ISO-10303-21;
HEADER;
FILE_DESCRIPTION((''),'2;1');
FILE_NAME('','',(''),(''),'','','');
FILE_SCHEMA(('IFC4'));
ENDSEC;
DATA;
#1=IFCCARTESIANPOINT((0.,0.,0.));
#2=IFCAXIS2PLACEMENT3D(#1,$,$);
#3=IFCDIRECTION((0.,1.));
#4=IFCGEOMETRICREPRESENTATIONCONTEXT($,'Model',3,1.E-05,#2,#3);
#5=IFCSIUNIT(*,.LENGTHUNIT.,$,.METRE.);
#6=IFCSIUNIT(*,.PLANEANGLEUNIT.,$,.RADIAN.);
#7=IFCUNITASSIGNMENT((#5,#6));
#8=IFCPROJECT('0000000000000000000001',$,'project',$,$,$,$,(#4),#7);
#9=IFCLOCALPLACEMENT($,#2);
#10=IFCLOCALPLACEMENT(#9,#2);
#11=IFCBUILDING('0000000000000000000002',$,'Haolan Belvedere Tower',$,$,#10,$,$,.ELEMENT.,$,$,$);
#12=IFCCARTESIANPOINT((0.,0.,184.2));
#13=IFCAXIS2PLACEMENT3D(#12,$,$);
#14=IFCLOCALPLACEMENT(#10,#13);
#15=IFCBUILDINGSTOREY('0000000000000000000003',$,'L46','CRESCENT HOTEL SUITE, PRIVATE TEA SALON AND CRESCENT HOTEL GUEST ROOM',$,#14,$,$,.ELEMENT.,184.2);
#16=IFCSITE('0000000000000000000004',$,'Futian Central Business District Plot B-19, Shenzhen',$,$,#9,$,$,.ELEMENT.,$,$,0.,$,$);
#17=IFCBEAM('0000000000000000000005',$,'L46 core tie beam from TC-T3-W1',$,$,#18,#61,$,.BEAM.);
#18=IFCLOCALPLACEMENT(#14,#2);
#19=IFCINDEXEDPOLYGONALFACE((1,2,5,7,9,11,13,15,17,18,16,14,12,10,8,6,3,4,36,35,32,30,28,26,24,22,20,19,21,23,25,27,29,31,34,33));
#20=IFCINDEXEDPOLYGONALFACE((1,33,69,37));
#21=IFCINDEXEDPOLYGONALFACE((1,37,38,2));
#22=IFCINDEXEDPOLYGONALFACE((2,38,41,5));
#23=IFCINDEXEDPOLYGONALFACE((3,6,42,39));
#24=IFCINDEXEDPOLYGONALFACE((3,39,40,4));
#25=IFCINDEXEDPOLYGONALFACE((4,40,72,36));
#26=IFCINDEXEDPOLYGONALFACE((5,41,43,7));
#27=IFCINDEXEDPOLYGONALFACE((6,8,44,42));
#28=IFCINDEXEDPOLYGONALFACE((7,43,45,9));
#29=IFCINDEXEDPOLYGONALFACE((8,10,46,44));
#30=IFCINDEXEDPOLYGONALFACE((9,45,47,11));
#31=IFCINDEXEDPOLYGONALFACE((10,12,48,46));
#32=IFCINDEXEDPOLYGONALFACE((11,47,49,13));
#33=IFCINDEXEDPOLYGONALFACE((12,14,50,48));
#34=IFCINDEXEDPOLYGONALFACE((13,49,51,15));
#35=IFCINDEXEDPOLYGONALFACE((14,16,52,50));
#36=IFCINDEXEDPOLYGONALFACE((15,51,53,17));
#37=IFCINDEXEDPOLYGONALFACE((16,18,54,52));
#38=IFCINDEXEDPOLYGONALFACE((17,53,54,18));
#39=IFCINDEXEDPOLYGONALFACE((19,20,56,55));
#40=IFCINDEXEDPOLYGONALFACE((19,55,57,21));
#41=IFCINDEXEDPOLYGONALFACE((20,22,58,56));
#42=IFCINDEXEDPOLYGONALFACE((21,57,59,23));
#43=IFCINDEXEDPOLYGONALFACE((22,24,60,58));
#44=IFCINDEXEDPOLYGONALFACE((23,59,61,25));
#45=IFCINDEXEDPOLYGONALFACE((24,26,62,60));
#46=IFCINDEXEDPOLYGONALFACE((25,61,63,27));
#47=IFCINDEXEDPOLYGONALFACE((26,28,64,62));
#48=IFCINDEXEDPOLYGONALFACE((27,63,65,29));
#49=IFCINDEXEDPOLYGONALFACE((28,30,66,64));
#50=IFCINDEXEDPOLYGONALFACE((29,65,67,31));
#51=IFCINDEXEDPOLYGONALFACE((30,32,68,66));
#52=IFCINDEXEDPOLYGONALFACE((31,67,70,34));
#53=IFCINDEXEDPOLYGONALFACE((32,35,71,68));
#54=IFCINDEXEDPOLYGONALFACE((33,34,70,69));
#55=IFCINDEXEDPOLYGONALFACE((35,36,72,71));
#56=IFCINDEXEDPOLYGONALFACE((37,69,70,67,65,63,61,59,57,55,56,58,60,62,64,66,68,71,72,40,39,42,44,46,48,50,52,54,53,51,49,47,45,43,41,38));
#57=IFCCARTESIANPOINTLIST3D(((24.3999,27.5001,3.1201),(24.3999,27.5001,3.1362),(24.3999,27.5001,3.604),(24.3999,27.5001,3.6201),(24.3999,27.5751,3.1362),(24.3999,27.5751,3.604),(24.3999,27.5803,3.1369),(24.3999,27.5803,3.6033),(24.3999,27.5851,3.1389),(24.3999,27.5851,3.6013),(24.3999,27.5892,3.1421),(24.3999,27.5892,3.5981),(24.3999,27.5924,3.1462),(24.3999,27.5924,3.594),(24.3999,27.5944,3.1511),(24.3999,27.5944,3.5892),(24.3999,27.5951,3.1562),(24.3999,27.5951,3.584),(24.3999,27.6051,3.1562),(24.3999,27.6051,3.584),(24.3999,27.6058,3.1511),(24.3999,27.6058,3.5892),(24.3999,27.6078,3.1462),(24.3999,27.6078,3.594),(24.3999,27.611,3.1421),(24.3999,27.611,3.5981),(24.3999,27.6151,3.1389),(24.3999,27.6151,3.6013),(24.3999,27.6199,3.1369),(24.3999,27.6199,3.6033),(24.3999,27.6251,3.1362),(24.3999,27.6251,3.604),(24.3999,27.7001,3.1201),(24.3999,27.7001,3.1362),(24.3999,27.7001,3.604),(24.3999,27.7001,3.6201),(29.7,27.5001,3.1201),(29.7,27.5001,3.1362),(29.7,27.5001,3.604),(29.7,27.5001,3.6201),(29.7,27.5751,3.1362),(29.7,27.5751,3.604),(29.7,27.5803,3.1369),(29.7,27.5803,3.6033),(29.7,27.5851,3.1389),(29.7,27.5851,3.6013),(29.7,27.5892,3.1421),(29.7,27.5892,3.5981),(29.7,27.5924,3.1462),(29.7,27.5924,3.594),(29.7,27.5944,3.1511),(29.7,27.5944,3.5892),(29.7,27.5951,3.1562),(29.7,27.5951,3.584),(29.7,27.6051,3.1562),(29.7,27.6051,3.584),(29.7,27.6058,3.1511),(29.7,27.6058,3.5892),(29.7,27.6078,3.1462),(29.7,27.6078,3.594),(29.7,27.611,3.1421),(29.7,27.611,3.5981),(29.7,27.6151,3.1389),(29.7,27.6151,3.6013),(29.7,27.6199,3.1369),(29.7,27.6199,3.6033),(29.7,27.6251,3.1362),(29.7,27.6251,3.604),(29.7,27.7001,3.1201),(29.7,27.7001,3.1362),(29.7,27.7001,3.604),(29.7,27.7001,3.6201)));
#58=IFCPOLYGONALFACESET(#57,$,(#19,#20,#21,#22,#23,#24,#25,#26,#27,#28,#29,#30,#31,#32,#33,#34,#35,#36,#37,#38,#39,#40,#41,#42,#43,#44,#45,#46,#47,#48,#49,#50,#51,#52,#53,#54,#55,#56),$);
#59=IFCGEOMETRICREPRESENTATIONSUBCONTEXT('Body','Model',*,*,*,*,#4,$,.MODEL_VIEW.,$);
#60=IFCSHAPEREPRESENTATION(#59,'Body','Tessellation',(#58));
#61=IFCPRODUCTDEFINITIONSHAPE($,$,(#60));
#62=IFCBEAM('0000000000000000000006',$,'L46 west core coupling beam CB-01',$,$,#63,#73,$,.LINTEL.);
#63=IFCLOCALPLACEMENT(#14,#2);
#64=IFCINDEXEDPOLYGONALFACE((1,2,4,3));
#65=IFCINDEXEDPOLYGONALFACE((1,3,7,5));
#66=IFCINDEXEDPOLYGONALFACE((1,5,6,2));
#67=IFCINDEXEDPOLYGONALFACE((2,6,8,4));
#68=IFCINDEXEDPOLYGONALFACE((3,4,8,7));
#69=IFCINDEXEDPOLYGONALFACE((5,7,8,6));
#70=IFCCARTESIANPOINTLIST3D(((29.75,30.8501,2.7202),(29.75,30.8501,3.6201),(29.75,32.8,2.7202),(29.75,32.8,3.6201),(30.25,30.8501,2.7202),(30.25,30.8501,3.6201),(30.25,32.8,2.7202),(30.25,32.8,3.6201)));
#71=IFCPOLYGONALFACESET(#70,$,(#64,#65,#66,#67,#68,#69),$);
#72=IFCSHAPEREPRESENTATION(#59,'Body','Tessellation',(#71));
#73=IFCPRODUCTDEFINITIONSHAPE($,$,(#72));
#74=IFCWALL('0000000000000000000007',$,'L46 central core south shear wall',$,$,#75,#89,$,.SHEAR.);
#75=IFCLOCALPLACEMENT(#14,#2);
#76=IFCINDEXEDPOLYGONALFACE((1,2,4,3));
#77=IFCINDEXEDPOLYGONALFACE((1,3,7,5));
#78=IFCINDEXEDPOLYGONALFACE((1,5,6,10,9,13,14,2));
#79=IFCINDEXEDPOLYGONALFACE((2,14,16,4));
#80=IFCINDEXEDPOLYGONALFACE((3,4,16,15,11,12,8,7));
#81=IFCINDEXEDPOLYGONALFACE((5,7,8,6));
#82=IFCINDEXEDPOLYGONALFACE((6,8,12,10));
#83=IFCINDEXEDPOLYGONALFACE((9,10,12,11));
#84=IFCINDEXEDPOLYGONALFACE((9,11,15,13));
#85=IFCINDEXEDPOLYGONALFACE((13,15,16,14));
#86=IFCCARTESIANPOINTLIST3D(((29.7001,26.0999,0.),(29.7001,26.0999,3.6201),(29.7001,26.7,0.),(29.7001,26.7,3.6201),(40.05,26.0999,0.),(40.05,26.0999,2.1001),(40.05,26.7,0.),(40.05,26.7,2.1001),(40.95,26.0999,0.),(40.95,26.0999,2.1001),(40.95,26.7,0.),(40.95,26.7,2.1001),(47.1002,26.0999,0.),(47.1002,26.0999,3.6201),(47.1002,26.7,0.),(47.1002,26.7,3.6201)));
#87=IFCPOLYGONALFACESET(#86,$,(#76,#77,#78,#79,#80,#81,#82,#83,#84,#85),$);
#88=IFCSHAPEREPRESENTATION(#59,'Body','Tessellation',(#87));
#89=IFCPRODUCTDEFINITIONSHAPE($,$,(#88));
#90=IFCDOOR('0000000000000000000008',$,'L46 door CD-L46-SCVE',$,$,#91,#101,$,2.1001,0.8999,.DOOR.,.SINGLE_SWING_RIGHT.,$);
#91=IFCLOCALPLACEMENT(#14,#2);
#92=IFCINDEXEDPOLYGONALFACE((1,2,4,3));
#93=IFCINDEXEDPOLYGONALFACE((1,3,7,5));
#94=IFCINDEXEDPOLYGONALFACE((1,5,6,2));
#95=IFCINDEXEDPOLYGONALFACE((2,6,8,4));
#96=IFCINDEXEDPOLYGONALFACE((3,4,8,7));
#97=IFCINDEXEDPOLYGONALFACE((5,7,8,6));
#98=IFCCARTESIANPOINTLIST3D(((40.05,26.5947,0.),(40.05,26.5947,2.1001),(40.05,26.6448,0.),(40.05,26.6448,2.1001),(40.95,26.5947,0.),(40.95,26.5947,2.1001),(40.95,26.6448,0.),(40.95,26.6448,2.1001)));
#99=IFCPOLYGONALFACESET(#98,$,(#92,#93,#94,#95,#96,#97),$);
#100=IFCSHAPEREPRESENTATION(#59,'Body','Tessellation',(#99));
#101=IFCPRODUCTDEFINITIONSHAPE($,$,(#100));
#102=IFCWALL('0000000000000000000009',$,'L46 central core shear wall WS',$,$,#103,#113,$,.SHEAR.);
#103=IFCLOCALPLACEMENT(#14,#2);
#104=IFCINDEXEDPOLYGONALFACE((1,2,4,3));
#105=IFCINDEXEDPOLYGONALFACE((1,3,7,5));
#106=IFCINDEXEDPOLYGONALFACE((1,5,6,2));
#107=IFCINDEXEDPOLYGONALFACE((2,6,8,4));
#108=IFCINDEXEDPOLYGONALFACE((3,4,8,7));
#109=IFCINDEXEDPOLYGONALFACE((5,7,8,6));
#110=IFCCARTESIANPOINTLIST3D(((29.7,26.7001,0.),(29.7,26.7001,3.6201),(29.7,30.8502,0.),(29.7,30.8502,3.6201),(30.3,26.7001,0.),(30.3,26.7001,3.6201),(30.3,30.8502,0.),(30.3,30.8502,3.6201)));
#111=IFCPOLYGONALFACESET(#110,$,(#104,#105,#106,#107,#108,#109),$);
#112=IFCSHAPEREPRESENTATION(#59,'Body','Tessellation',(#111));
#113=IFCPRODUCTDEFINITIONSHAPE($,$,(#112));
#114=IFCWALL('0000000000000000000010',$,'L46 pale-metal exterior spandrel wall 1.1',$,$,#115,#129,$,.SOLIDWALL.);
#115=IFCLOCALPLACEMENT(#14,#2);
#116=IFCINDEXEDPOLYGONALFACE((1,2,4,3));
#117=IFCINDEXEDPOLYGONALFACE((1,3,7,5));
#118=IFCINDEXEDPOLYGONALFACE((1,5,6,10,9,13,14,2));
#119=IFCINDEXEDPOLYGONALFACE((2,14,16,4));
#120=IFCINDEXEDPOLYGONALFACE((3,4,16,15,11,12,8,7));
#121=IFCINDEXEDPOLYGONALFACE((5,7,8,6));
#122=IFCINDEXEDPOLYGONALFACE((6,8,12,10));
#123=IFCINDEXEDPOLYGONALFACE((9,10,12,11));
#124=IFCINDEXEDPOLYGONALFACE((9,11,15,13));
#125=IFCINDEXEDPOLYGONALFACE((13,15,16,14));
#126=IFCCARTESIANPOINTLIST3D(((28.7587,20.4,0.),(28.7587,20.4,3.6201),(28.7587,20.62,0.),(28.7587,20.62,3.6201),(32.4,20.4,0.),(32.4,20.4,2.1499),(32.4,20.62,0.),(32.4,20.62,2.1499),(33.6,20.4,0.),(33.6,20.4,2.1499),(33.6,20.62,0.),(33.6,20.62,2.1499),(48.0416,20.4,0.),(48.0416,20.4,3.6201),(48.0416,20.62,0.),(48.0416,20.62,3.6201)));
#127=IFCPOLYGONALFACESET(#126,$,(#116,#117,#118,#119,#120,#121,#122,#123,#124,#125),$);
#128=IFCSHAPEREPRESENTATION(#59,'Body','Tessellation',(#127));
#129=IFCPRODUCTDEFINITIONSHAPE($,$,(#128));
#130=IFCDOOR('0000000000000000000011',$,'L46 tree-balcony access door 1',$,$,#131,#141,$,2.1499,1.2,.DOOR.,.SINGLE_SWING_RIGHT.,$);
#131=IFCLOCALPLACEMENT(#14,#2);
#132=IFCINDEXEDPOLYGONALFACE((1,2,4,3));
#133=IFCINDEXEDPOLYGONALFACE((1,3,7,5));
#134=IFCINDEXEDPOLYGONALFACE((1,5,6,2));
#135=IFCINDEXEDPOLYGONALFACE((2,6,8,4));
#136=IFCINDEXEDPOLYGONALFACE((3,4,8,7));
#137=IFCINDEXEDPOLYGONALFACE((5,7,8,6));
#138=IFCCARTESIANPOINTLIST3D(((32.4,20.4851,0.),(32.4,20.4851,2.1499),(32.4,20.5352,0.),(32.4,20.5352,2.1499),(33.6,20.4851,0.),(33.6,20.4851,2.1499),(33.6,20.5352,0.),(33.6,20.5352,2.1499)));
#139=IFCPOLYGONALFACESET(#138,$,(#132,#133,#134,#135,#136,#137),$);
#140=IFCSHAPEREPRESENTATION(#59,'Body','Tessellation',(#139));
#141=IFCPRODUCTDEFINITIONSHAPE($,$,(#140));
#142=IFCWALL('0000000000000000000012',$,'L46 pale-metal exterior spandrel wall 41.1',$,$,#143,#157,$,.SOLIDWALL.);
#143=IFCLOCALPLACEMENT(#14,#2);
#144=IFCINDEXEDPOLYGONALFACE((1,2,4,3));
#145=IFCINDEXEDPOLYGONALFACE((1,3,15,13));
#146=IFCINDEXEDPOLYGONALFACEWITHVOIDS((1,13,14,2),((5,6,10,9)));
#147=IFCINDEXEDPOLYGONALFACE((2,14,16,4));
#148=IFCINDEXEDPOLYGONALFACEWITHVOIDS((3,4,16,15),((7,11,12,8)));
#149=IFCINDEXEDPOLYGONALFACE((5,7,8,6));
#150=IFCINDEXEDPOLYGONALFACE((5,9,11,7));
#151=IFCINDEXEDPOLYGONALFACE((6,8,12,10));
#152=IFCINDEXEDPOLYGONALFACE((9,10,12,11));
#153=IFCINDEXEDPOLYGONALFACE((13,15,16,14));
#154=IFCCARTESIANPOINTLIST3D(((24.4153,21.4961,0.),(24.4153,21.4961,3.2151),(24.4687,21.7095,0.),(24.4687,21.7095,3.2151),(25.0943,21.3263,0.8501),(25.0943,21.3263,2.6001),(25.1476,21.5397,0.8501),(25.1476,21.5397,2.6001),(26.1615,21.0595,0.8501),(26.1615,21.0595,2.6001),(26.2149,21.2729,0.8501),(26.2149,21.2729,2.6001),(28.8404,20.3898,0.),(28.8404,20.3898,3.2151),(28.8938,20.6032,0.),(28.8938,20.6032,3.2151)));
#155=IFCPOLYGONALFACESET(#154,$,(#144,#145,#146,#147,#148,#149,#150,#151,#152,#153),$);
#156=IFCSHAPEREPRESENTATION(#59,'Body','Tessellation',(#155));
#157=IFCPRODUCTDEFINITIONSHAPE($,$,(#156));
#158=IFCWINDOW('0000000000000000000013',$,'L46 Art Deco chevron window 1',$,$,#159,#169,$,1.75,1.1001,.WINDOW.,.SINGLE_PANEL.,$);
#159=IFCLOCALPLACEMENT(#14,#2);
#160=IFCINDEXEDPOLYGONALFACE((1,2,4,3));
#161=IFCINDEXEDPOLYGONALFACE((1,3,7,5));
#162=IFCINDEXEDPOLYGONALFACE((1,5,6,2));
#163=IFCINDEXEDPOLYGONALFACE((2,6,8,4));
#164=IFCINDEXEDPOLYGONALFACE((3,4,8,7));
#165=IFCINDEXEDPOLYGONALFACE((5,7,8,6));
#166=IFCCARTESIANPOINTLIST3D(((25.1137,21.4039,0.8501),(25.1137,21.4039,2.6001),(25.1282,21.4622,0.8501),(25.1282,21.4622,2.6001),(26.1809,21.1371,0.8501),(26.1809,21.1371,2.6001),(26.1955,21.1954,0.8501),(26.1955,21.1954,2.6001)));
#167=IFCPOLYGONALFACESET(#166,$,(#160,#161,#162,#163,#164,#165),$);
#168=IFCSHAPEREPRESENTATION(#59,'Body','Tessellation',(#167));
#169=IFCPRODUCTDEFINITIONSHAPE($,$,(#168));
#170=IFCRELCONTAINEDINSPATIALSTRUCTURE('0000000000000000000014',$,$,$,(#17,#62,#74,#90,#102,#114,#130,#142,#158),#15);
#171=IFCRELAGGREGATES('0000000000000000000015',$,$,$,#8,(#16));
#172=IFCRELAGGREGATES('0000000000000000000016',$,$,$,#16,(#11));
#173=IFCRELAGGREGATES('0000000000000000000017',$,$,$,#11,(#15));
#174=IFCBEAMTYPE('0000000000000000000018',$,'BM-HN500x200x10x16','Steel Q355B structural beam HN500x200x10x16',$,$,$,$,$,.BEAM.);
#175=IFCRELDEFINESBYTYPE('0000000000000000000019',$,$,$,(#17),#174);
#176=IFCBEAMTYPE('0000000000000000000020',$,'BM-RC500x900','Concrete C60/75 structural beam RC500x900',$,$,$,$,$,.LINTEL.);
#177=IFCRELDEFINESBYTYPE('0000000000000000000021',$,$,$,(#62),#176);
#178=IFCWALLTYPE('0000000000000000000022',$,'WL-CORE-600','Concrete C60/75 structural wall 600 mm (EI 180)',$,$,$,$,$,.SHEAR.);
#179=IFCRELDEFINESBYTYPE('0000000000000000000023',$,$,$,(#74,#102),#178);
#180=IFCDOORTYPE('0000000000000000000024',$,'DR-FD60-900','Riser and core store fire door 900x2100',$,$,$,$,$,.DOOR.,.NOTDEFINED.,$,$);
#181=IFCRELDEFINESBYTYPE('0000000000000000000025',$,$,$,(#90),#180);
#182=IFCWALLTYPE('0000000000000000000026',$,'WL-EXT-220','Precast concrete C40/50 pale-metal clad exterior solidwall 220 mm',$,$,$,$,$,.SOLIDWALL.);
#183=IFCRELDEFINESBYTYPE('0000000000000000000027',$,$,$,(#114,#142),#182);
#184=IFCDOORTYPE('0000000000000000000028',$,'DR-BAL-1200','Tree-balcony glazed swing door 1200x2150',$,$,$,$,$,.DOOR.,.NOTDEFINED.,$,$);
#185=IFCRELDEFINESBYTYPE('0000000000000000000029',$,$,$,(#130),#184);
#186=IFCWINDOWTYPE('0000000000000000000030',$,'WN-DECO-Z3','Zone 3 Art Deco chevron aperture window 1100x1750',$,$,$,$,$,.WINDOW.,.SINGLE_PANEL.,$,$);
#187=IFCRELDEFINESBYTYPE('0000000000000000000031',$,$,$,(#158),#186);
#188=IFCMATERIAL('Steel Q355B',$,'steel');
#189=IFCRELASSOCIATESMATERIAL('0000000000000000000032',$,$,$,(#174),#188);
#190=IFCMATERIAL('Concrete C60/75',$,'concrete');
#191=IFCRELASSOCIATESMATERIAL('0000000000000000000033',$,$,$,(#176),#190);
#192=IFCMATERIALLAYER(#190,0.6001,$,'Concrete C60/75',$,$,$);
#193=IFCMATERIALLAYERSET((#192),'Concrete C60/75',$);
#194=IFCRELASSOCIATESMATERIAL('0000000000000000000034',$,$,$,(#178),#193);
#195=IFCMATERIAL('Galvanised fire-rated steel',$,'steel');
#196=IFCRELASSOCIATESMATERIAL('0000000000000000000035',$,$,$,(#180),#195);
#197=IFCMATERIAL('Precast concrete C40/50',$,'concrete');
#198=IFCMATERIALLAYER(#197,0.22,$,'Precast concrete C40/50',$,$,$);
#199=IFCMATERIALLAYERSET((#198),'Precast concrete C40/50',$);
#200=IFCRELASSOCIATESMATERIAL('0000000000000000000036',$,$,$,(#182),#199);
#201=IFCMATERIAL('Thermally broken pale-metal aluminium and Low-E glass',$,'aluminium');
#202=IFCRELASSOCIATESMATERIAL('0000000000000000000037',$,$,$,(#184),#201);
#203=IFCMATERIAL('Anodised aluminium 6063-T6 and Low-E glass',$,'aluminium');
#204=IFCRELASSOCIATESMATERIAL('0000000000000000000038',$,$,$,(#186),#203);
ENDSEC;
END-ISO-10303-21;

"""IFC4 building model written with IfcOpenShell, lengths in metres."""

from ifc_helpers import new_model, si_unit, direction, frame, frame_2d, origin, origin_2d, place, context, subcontext, project, spatial, rectangle, i_section, extrude, material, layer, layer_set, material_profile, profile_set, type_object, element, fill, save


model = new_model("IFC4")

# Units and contexts
model_context = context("Model", 3, precision=1e-05, world=origin(), true_north=direction((0.0, 1.0)))
body_context = subcontext(model_context, "Body", "Model", "MODEL_VIEW")
ifc_project = project(units=[si_unit("LENGTHUNIT", "METRE"), si_unit("PLANEANGLEUNIT", "RADIAN")], contexts=[model_context])

# Site, building, storey
site_placement = place(None, origin())
site = spatial("IfcSite", under=ifc_project, at=site_placement, Name="Futian Central Business District Plot B-19, Shenzhen", CompositionType="ELEMENT", RefElevation=0.0)
building_placement = place(site_placement, origin())
building = spatial("IfcBuilding", under=site, at=building_placement, Name="Haolan Belvedere Tower", CompositionType="ELEMENT")
storey_placement = place(building_placement, frame((0.0, 0.0, 184.2)))
storey = spatial("IfcBuildingStorey", under=building, at=storey_placement, Name="L46", Description="CRESCENT HOTEL SUITE, PRIVATE TEA SALON AND CRESCENT HOTEL GUEST ROOM", CompositionType="ELEMENT", Elevation=184.2)

# Beams
ifc_material_1 = material(Name="Steel Q355B", Category="steel")
ifc_material_profile_1 = material_profile(ifc_material_1, i_section(OverallWidth=0.2, OverallDepth=0.5, WebThickness=0.01, FlangeThickness=0.0161, FilletRadius=0.02, at=origin_2d()), Name="Steel Q355B")
ifc_profile_set_1 = profile_set([ifc_material_profile_1], Name="Steel Q355B")
beam_type_1 = type_object("IfcBeamType", Name="BM-HN500x200x10x16", Description="Steel Q355B structural beam HN500x200x10x16", PredefinedType="BEAM", material=ifc_profile_set_1)
beam_1_placement = place(storey_placement, frame((24.3999, 27.6001, 3.3701), z_axis=(1.0, 0.0, 0.0), x_axis=(0.0, 1.0, 0.0)))
element("IfcBeam", 1, at=beam_1_placement, inside=storey, type_object=beam_type_1, Name="L46 core tie beam from TC-T3-W1", PredefinedType="BEAM", context=body_context, shape_type="SweptSolid", body=[
    extrude(i_section(OverallWidth=0.2, OverallDepth=0.5, WebThickness=0.01, FlangeThickness=0.0161, FilletRadius=0.02, at=origin_2d()), origin(), (0.0, 0.0, 1.0), 5.3),
])
ifc_material_2 = material(Name="Concrete C60/75", Category="concrete")
ifc_material_profile_2 = material_profile(ifc_material_2, rectangle(XDim=0.5, YDim=0.8999, at=origin_2d()), Name="Concrete C60/75")
ifc_profile_set_2 = profile_set([ifc_material_profile_2], Name="Concrete C60/75")
beam_type_2 = type_object("IfcBeamType", Name="BM-RC500x900", Description="Concrete C60/75 structural beam RC500x900", PredefinedType="LINTEL", material=ifc_profile_set_2)
beam_2_placement = place(storey_placement, frame((30.0, 30.8501, 3.1702), z_axis=(0.0, 1.0, 0.0), x_axis=(-1.0, 0.0, 0.0)))
element("IfcBeam", 2, at=beam_2_placement, inside=storey, type_object=beam_type_2, Name="L46 west core coupling beam CB-01", PredefinedType="LINTEL", context=body_context, shape_type="SweptSolid", body=[
    extrude(rectangle(XDim=0.5, YDim=0.8999, at=origin_2d()), origin(), (0.0, 0.0, 1.0), 1.95),
])

# Wall, opening, door
ifc_layer_1 = layer(ifc_material_2, 0.6001, Name="Concrete C60/75")
ifc_layer_set_1 = layer_set([ifc_layer_1], Name="Concrete C60/75")
wall_type_1 = type_object("IfcWallType", Name="WL-CORE-600", Description="Concrete C60/75 structural wall 600 mm (EI 180)", PredefinedType="SHEAR", material=ifc_layer_set_1)
wall_1_placement = place(storey_placement, frame((29.7, 26.3999, 0.0), z_axis=(0.0, 0.0, 1.0), x_axis=(1.0, 0.0, 0.0)))
wall_1 = element("IfcWall", 3, at=wall_1_placement, inside=storey, type_object=wall_type_1, Name="L46 central core south shear wall", PredefinedType="SHEAR", context=body_context, shape_type="SweptSolid", body=[
    extrude(rectangle(XDim=17.4001, YDim=0.6001, at=frame_2d((8.7002, 0.0))), origin(), (0.0, 0.0, 1.0), 3.6201),
])
opening_1_placement = place(wall_1_placement, frame((11.25, 0.0, 0.0), z_axis=(0.0, 0.0, 1.0), x_axis=(-1.0, 0.0, 0.0)))
opening_1 = element("IfcOpeningElement", 4, at=opening_1_placement, cuts=wall_1, PredefinedType="OPENING", context=body_context, shape_type="SweptSolid", body=[
    extrude(rectangle(XDim=0.8999, YDim=2.1001, at=frame_2d((0.45, 1.05))), frame((0.0, 0.3101, 0.0), z_axis=(0.0, -1.0, 0.0), x_axis=(1.0, 0.0, 0.0)), (0.0, 0.0, 1.0), 0.6201),
])
ifc_material_3 = material(Name="Galvanised fire-rated steel", Category="steel")
door_type_1 = type_object("IfcDoorType", Name="DR-FD60-900", Description="Riser and core store fire door 900x2100", OperationType="NOTDEFINED", PredefinedType="DOOR", material=ifc_material_3)
door_1_placement = place(opening_1_placement, origin())
door_1 = element("IfcDoor", 5, at=door_1_placement, inside=storey, type_object=door_type_1, Name="L46 door CD-L46-SCVE", OperationType="SINGLE_SWING_RIGHT", OverallHeight=2.1001, OverallWidth=0.8999, PredefinedType="DOOR", context=body_context, shape_type="SweptSolid", body=[
    extrude(rectangle(XDim=0.8999, YDim=2.1001, at=frame_2d((0.45, 1.05))), frame((0.0, -0.1948, 0.0), z_axis=(0.0, -1.0, 0.0), x_axis=(1.0, 0.0, 0.0)), (0.0, 0.0, 1.0), 0.05),
])
fill(opening_1, door_1)

# Wall
wall_2_placement = place(storey_placement, frame((30.0, 26.7, 0.0), z_axis=(0.0, 0.0, 1.0), x_axis=(0.0, 1.0, 0.0)))
element("IfcWall", 6, at=wall_2_placement, inside=storey, type_object=wall_type_1, Name="L46 central core shear wall WS", PredefinedType="SHEAR", context=body_context, shape_type="SweptSolid", body=[
    extrude(rectangle(XDim=4.1501, YDim=0.6001, at=frame_2d((2.0752, 0.0))), origin(), (0.0, 0.0, 1.0), 3.6201),
])

# Wall, opening, door
ifc_material_4 = material(Name="Precast concrete C40/50", Category="concrete")
ifc_layer_2 = layer(ifc_material_4, 0.22, Name="Precast concrete C40/50")
ifc_layer_set_2 = layer_set([ifc_layer_2], Name="Precast concrete C40/50")
wall_type_2 = type_object("IfcWallType", Name="WL-EXT-220", Description="Precast concrete C40/50 pale-metal clad exterior solidwall 220 mm", PredefinedType="SOLIDWALL", material=ifc_layer_set_2)
wall_3_placement = place(storey_placement, frame((28.7585, 20.51, 0.0), z_axis=(0.0, 0.0, 1.0), x_axis=(1.0, 0.0, 0.0)))
wall_3 = element("IfcWall", 7, at=wall_3_placement, inside=storey, type_object=wall_type_2, Name="L46 pale-metal exterior spandrel wall 1.1", PredefinedType="SOLIDWALL", context=body_context, shape_type="SweptSolid", body=[
    extrude(rectangle(XDim=19.283, YDim=0.22, at=frame_2d((9.6416, 0.0))), origin(), (0.0, 0.0, 1.0), 3.6201),
])
opening_2_placement = place(wall_3_placement, frame((4.8416, 0.0, 0.0), z_axis=(0.0, 0.0, 1.0), x_axis=(-1.0, 0.0, 0.0)))
opening_2 = element("IfcOpeningElement", 8, at=opening_2_placement, cuts=wall_3, PredefinedType="OPENING", context=body_context, shape_type="SweptSolid", body=[
    extrude(rectangle(XDim=1.2, YDim=2.1499, at=frame_2d((0.6001, 1.075))), frame((0.0, 0.1199, 0.0), z_axis=(0.0, -1.0, 0.0), x_axis=(1.0, 0.0, 0.0)), (0.0, 0.0, 1.0), 0.24),
])
ifc_material_5 = material(Name="Thermally broken pale-metal aluminium and Low-E glass", Category="aluminium")
door_type_2 = type_object("IfcDoorType", Name="DR-BAL-1200", Description="Tree-balcony glazed swing door 1200x2150", OperationType="NOTDEFINED", PredefinedType="DOOR", material=ifc_material_5)
door_2_placement = place(opening_2_placement, origin())
door_2 = element("IfcDoor", 9, at=door_2_placement, inside=storey, type_object=door_type_2, Name="L46 tree-balcony access door 1", OperationType="SINGLE_SWING_RIGHT", OverallHeight=2.1499, OverallWidth=1.2, PredefinedType="DOOR", context=body_context, shape_type="SweptSolid", body=[
    extrude(rectangle(XDim=1.2, YDim=2.1499, at=frame_2d((0.6001, 1.075))), frame((0.0, 0.0249, 0.0), z_axis=(0.0, -1.0, 0.0), x_axis=(1.0, 0.0, 0.0)), (0.0, 0.0, 1.0), 0.05),
])
fill(opening_2, door_2)

# Wall, opening, window
wall_4_placement = place(storey_placement, frame((24.4419, 21.6028, 0.0), z_axis=(0.0, 0.0, 1.0), x_axis=(0.970146, -0.242523, 0.0)))
wall_4 = element("IfcWall", 10, at=wall_4_placement, inside=storey, type_object=wall_type_2, Name="L46 pale-metal exterior spandrel wall 41.1", PredefinedType="SOLIDWALL", context=body_context, shape_type="SweptSolid", body=[
    extrude(rectangle(XDim=4.5613, YDim=0.22, at=frame_2d((2.2808, 0.0))), origin(), (0.0, 0.0, 1.0), 3.2151),
])
opening_3_placement = place(wall_4_placement, frame((0.7, 0.0, 0.8501)))
opening_3 = element("IfcOpeningElement", 11, at=opening_3_placement, cuts=wall_4, PredefinedType="OPENING", context=body_context, shape_type="SweptSolid", body=[
    extrude(rectangle(XDim=1.1001, YDim=1.75, at=frame_2d((0.55, 0.875))), frame((0.0, 0.1199, 0.0), z_axis=(0.0, -1.0, 0.0), x_axis=(1.0, 0.0, 0.0)), (0.0, 0.0, 1.0), 0.24),
])
ifc_material_6 = material(Name="Anodised aluminium 6063-T6 and Low-E glass", Category="aluminium")
window_type = type_object("IfcWindowType", Name="WN-DECO-Z3", Description="Zone 3 Art Deco chevron aperture window 1100x1750", PartitioningType="SINGLE_PANEL", PredefinedType="WINDOW", material=ifc_material_6)
window_placement = place(opening_3_placement, origin())
window = element("IfcWindow", 12, at=window_placement, inside=storey, type_object=window_type, Name="L46 Art Deco chevron window 1", OverallHeight=1.75, OverallWidth=1.1001, PartitioningType="SINGLE_PANEL", PredefinedType="WINDOW", context=body_context, shape_type="SweptSolid", body=[
    extrude(rectangle(XDim=1.1001, YDim=1.75, at=frame_2d((0.55, 0.875))), frame((0.0, 0.03, 0.0), z_axis=(0.0, -1.0, 0.0), x_axis=(1.0, 0.0, 0.0)), (0.0, 0.0, 1.0), 0.0601),
])
fill(opening_3, window)

save(model, "model.ifc")
